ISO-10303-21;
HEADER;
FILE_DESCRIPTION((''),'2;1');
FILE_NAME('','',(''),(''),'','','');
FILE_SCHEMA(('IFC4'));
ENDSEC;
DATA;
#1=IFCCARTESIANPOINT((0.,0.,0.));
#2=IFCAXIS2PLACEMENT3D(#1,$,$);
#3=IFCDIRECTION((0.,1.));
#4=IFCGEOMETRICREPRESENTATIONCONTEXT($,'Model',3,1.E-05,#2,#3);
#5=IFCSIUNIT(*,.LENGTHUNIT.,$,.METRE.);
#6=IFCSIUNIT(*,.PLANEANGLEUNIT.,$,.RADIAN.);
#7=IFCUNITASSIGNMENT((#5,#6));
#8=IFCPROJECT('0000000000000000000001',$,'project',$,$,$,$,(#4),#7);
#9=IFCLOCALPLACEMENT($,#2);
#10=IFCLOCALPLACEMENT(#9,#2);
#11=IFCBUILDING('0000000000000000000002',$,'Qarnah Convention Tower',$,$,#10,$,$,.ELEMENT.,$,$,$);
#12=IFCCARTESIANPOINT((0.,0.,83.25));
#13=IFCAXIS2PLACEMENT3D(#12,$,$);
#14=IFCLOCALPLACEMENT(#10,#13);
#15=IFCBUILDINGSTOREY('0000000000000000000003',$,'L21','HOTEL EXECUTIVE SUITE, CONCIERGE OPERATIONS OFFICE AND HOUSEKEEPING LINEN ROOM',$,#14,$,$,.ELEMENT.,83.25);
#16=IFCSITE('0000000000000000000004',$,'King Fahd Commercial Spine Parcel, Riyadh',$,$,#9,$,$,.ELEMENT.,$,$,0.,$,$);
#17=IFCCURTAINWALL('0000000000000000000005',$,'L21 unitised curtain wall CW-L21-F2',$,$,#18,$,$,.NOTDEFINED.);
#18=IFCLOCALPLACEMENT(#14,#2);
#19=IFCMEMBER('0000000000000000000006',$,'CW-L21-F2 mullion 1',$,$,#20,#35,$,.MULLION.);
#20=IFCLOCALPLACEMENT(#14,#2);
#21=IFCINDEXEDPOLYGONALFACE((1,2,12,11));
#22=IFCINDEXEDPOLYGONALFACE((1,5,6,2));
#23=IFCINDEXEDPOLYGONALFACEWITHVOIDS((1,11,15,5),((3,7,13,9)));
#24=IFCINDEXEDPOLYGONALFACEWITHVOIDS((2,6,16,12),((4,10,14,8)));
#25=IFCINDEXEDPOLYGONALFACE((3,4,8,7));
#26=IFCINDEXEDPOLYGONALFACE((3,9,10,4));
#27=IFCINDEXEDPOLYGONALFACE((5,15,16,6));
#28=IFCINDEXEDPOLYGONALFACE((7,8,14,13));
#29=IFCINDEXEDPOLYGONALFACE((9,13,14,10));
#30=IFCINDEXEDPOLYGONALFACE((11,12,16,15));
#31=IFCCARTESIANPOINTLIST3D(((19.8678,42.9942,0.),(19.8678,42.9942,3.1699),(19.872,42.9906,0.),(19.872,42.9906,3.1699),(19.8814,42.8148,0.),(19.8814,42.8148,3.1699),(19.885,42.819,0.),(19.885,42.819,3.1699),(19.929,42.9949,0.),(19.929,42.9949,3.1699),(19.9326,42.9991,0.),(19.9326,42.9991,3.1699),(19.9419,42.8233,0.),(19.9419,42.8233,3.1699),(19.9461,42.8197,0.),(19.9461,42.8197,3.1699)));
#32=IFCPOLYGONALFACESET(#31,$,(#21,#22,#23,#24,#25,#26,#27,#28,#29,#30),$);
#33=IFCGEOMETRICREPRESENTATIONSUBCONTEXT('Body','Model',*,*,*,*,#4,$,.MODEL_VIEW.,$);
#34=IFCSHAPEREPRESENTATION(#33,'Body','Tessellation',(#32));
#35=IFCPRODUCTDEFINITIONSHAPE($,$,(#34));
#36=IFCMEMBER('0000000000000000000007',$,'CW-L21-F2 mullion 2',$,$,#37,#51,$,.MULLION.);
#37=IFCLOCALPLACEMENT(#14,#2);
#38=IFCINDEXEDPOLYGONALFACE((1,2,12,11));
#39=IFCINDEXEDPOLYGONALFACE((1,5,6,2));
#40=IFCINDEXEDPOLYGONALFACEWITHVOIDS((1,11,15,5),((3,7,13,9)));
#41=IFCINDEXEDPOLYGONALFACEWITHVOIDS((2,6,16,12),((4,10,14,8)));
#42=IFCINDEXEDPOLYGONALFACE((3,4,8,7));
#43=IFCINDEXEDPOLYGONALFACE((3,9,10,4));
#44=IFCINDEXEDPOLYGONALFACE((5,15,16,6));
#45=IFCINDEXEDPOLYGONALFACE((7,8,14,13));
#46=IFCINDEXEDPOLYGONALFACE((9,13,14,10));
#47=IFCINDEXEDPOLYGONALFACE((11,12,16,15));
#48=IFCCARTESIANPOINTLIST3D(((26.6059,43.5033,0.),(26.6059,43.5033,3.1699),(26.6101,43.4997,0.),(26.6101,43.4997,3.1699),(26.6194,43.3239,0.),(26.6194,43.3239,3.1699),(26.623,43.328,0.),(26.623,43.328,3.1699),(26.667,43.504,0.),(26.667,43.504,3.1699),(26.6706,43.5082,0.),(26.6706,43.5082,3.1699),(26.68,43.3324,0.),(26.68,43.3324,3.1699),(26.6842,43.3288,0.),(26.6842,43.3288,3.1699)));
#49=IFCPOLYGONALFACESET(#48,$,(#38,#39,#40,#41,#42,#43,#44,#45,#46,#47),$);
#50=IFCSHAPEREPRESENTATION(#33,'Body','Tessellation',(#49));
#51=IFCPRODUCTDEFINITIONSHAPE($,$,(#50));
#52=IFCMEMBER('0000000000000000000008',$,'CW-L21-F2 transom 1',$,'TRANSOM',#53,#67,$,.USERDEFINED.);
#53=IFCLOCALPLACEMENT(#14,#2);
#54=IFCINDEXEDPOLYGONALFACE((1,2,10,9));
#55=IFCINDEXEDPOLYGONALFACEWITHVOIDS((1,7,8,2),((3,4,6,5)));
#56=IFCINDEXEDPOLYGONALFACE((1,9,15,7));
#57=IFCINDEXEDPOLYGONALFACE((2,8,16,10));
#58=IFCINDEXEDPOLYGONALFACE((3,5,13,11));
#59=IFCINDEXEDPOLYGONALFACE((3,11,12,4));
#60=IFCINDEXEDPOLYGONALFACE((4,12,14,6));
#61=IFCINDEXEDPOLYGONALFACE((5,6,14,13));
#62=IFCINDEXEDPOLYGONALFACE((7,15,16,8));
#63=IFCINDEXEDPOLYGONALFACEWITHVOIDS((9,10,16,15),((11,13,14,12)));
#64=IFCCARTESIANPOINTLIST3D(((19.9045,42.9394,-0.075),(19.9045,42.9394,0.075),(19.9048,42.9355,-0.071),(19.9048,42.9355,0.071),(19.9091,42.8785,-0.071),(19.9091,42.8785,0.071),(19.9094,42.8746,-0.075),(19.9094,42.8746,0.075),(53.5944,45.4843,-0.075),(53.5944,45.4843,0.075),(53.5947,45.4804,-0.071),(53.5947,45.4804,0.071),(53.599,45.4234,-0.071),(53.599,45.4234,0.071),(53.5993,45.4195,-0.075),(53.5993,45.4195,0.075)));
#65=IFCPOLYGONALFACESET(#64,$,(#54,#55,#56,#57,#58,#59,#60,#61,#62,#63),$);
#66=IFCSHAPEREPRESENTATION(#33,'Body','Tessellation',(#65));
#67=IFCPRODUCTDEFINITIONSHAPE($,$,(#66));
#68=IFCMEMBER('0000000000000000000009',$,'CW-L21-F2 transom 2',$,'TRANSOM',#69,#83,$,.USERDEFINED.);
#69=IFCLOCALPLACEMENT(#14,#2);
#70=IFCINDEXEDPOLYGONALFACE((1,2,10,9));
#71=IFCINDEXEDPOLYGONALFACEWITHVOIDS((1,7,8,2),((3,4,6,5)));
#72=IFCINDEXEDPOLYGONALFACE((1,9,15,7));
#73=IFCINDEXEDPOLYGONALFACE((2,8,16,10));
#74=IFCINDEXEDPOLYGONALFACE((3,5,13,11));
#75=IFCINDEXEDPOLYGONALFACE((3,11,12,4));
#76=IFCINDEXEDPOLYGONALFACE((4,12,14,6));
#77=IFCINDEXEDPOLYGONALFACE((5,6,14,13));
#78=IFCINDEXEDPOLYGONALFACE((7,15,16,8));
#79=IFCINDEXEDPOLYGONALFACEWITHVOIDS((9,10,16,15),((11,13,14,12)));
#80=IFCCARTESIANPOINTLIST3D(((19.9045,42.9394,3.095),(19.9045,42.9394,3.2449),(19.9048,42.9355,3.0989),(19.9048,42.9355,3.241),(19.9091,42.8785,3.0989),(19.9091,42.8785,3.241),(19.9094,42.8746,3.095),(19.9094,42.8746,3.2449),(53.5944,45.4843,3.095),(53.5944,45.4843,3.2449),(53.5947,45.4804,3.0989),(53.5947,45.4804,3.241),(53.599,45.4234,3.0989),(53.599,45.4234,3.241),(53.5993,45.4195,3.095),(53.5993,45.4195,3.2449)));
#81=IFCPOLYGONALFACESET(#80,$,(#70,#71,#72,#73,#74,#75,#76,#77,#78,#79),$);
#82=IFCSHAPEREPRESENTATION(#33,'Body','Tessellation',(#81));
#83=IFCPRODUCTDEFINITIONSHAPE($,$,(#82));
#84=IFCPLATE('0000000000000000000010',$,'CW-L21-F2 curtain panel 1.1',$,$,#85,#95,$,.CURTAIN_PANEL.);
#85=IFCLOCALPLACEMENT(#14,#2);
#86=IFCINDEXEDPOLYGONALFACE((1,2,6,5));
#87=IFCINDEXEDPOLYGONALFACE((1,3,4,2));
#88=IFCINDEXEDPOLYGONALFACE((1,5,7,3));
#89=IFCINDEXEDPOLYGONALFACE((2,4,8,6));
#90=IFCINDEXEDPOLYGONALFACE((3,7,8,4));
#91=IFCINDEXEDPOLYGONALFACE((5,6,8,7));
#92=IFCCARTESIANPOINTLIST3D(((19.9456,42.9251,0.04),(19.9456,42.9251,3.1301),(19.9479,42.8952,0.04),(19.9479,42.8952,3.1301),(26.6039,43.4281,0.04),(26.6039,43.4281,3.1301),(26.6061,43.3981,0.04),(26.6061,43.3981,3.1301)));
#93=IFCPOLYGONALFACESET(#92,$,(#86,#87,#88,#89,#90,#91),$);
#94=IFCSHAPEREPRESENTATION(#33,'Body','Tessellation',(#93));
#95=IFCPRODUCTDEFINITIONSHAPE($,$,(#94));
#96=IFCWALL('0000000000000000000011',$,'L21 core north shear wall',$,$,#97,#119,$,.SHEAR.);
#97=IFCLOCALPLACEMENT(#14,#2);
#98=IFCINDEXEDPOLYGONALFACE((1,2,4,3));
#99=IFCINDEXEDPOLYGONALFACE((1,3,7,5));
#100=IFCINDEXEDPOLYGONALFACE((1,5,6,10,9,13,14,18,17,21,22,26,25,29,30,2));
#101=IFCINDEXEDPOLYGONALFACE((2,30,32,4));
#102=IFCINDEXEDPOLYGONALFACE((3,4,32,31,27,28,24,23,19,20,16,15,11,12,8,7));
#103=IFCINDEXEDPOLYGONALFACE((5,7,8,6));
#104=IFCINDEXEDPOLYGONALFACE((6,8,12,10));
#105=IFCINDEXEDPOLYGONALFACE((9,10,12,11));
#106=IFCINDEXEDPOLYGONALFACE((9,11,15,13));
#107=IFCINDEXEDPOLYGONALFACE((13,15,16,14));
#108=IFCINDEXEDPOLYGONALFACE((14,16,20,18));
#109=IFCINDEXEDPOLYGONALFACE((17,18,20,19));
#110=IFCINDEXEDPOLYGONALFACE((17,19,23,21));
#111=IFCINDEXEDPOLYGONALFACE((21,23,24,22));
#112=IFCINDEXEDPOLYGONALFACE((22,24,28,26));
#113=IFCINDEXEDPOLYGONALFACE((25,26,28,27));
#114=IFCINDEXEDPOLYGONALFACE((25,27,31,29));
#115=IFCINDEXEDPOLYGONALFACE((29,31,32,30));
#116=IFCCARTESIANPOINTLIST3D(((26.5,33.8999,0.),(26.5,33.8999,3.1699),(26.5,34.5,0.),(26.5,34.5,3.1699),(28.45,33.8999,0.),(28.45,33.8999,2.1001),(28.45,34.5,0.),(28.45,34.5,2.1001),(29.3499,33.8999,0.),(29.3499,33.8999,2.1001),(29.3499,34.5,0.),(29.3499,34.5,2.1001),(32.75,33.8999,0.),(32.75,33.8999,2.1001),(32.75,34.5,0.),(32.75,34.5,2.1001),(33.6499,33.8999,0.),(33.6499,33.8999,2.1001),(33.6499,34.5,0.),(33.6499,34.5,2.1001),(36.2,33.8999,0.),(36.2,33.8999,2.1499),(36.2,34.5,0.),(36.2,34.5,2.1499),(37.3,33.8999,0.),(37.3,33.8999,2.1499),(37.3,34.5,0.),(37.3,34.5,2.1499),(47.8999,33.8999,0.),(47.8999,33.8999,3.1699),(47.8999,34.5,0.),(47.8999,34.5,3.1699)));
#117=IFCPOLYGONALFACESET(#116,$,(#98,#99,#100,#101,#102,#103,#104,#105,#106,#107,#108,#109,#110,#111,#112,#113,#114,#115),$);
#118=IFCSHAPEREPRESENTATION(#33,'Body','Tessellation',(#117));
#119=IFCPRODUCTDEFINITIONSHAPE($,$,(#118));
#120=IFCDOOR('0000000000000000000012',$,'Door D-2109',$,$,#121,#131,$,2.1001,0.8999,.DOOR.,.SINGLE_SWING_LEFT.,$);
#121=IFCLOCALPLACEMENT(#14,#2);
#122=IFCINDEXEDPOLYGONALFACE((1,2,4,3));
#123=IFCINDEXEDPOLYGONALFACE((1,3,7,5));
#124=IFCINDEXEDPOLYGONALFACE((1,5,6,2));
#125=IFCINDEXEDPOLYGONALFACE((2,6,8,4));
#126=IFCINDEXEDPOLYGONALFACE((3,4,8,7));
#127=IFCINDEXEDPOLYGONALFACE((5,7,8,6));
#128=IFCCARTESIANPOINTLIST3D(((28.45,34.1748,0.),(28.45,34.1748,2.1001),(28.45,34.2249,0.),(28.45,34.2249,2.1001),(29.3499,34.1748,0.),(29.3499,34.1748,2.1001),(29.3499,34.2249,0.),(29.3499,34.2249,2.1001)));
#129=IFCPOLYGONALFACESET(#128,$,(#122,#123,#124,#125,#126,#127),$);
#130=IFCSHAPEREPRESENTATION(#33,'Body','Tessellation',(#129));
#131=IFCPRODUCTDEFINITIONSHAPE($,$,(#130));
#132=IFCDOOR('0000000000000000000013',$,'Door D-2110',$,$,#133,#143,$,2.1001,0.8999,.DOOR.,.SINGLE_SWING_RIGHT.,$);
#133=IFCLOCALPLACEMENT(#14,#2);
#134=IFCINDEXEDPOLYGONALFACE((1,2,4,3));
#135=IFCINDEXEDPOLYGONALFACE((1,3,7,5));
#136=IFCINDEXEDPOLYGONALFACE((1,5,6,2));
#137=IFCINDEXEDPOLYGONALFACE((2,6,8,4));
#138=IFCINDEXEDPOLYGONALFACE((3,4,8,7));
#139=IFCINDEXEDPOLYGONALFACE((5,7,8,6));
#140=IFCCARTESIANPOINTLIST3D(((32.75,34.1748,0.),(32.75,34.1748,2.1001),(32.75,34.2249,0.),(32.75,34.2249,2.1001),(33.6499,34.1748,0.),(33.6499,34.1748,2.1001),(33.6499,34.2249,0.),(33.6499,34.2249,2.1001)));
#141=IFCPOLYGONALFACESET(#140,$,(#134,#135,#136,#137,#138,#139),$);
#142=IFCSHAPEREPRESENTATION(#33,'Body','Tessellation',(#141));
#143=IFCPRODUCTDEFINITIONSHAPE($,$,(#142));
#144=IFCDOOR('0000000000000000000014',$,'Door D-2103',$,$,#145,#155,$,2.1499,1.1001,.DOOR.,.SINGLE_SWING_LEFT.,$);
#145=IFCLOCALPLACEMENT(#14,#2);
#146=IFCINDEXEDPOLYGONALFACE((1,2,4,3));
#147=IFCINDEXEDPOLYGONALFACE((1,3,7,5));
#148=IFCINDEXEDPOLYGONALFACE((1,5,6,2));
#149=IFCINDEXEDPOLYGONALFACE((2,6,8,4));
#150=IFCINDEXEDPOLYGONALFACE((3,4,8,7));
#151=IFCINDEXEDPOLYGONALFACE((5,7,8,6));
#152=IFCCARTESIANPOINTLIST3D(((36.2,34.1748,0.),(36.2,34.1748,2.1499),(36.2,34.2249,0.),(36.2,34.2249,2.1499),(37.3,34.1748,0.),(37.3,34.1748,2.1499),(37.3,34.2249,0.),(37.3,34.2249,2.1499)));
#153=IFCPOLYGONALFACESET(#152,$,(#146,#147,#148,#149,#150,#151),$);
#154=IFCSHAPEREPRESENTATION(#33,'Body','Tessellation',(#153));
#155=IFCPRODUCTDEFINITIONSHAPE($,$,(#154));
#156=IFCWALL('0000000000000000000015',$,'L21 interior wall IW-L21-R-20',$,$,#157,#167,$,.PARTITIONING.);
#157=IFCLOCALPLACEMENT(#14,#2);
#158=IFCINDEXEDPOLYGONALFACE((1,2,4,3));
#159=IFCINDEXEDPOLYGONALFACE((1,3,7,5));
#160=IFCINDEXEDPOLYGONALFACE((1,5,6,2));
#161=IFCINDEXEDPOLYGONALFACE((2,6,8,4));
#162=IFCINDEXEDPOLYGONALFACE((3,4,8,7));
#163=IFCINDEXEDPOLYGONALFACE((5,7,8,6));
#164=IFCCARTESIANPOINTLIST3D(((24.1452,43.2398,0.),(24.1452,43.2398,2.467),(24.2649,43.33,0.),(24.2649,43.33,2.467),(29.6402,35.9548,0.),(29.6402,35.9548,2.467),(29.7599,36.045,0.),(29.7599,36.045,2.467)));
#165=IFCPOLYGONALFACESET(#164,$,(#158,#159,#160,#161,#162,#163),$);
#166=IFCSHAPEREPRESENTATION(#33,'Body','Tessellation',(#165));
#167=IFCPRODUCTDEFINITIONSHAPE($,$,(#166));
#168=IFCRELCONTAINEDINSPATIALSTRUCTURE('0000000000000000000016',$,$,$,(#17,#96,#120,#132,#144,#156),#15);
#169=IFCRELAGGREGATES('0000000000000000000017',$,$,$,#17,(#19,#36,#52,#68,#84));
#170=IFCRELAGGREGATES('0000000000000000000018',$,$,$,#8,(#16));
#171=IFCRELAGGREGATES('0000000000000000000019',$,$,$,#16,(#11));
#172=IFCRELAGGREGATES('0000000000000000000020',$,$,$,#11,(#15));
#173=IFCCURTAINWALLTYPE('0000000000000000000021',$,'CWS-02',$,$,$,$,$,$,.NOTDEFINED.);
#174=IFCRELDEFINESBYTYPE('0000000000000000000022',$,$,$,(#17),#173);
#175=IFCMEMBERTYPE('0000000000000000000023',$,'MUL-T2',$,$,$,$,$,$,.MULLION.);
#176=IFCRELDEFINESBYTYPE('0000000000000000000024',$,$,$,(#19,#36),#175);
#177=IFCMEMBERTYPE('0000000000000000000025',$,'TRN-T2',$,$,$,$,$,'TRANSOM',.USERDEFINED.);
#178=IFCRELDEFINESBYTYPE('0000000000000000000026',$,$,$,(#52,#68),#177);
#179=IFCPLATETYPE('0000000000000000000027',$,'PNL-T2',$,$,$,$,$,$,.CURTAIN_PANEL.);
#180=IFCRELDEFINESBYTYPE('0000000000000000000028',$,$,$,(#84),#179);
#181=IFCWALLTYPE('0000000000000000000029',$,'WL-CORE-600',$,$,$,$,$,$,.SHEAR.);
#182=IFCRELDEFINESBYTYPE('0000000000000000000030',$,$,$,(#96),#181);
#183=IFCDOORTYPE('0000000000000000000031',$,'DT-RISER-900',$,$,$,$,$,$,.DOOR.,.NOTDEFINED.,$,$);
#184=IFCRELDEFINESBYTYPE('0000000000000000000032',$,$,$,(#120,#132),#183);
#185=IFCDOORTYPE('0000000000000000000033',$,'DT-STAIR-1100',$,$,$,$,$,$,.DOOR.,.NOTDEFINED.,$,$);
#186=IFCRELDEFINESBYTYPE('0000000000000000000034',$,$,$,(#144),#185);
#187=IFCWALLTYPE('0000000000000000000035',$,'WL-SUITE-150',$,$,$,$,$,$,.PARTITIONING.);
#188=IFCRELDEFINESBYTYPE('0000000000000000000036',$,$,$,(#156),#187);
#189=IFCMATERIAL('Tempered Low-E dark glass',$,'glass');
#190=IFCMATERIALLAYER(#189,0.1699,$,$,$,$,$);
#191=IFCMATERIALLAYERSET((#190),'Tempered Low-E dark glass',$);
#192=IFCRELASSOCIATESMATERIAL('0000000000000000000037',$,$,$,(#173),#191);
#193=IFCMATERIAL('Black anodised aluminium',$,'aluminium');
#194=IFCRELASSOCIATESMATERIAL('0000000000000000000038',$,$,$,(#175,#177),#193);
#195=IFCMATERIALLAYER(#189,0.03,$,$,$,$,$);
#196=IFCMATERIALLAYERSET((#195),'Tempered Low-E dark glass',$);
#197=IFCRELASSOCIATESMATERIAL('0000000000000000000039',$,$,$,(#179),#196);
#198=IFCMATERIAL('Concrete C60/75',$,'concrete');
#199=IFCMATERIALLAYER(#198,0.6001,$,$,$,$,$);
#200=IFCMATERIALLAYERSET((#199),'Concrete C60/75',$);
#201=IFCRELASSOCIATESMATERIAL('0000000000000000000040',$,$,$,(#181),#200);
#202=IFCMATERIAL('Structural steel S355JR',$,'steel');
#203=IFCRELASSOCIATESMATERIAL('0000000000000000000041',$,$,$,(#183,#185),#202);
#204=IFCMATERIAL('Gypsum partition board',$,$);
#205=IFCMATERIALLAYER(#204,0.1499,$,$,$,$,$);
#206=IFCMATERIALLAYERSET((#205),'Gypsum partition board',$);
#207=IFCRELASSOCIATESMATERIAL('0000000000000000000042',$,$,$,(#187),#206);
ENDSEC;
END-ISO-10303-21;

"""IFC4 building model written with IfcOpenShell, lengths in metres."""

from ifc_helpers import new_model, si_unit, direction, frame, frame_2d, origin, origin_2d, place, context, subcontext, project, spatial, rectangle, hollow_rectangle, extrude, material, layer, layer_set, material_profile, profile_set, type_object, element, fill, aggregate, save


model = new_model("IFC4")

# Units and contexts
model_context = context("Model", 3, precision=1e-05, world=origin(), true_north=direction((0.0, 1.0)))
body_context = subcontext(model_context, "Body", "Model", "MODEL_VIEW")
ifc_project = project(units=[si_unit("LENGTHUNIT", "METRE"), si_unit("PLANEANGLEUNIT", "RADIAN")], contexts=[model_context])

# Site, building, storey
site_placement = place(None, origin())
site = spatial("IfcSite", under=ifc_project, at=site_placement, Name="King Fahd Commercial Spine Parcel, Riyadh", CompositionType="ELEMENT", RefElevation=0.0)
building_placement = place(site_placement, origin())
building = spatial("IfcBuilding", under=site, at=building_placement, Name="Qarnah Convention Tower", CompositionType="ELEMENT")
storey_placement = place(building_placement, frame((0.0, 0.0, 83.25)))
storey = spatial("IfcBuildingStorey", under=building, at=storey_placement, Name="L21", Description="HOTEL EXECUTIVE SUITE, CONCIERGE OPERATIONS OFFICE AND HOUSEKEEPING LINEN ROOM", CompositionType="ELEMENT", Elevation=83.25)

# Curtain wall, members, plate
ifc_material_1 = material(Name="Tempered Low-E dark glass", Category="glass")
ifc_layer_1 = layer(ifc_material_1, 0.1699)
ifc_layer_set_1 = layer_set([ifc_layer_1], Name="Tempered Low-E dark glass")
curtain_wall_type = type_object("IfcCurtainWallType", Name="CWS-02", PredefinedType="NOTDEFINED", material=ifc_layer_set_1)
curtain_wall_placement = place(storey_placement, origin())
curtain_wall = element("IfcCurtainWall", 1, at=curtain_wall_placement, inside=storey, type_object=curtain_wall_type, Name="L21 unitised curtain wall CW-L21-F2", PredefinedType="NOTDEFINED")
ifc_material_2 = material(Name="Black anodised aluminium", Category="aluminium")
ifc_material_profile_1 = material_profile(ifc_material_2, hollow_rectangle(XDim=0.0649, YDim=0.1799, WallThickness=0.0039, at=origin_2d()), Name="MUL-65X180")
ifc_profile_set_1 = profile_set([ifc_material_profile_1], Name="Black anodised aluminium")
member_type_1 = type_object("IfcMemberType", Name="MUL-T2", PredefinedType="MULLION", material=ifc_profile_set_1)
member_1_placement = place(storey_placement, frame((19.907, 42.907, 0.0), z_axis=(0.0, 0.0, 1.0), x_axis=(0.997159, 0.075327, 0.0)))
member_1 = element("IfcMember", 2, at=member_1_placement, type_object=member_type_1, Name="CW-L21-F2 mullion 1", PredefinedType="MULLION", context=body_context, shape_type="SweptSolid", body=[
    extrude(hollow_rectangle(XDim=0.0649, YDim=0.1799, WallThickness=0.0039, at=origin_2d()), origin(), (0.0, 0.0, 1.0), 3.1699),
])
member_2_placement = place(storey_placement, frame((26.645, 43.416, 0.0), z_axis=(0.0, 0.0, 1.0), x_axis=(0.997159, 0.075327, 0.0)))
member_2 = element("IfcMember", 3, at=member_2_placement, type_object=member_type_1, Name="CW-L21-F2 mullion 2", PredefinedType="MULLION", context=body_context, shape_type="SweptSolid", body=[
    extrude(hollow_rectangle(XDim=0.0649, YDim=0.1799, WallThickness=0.0039, at=origin_2d()), origin(), (0.0, 0.0, 1.0), 3.1699),
])
ifc_material_profile_2 = material_profile(ifc_material_2, hollow_rectangle(XDim=0.0649, YDim=0.1499, WallThickness=0.0039, at=origin_2d()), Name="TRN-65X150")
ifc_profile_set_2 = profile_set([ifc_material_profile_2], Name="Black anodised aluminium")
member_type_2 = type_object("IfcMemberType", Name="TRN-T2", ElementType="TRANSOM", PredefinedType="USERDEFINED", material=ifc_profile_set_2)
member_3_placement = place(storey_placement, frame((19.907, 42.907, 0.0), z_axis=(0.997159, 0.075325, 0.0), x_axis=(-0.075325, 0.997159, 0.0)))
member_3 = element("IfcMember", 4, at=member_3_placement, type_object=member_type_2, Name="CW-L21-F2 transom 1", ObjectType="TRANSOM", PredefinedType="USERDEFINED", context=body_context, shape_type="SweptSolid", body=[
    extrude(hollow_rectangle(XDim=0.0649, YDim=0.1499, WallThickness=0.0039, at=origin_2d()), origin(), (0.0, 0.0, 1.0), 33.7859),
])
member_4_placement = place(storey_placement, frame((19.907, 42.907, 3.1699), z_axis=(0.997159, 0.075325, 0.0), x_axis=(-0.075325, 0.997159, 0.0)))
member_4 = element("IfcMember", 5, at=member_4_placement, type_object=member_type_2, Name="CW-L21-F2 transom 2", ObjectType="TRANSOM", PredefinedType="USERDEFINED", context=body_context, shape_type="SweptSolid", body=[
    extrude(hollow_rectangle(XDim=0.0649, YDim=0.1499, WallThickness=0.0039, at=origin_2d()), origin(), (0.0, 0.0, 1.0), 33.7859),
])
ifc_layer_2 = layer(ifc_material_1, 0.03)
ifc_layer_set_2 = layer_set([ifc_layer_2], Name="Tempered Low-E dark glass")
plate_type = type_object("IfcPlateType", Name="PNL-T2", PredefinedType="CURTAIN_PANEL", material=ifc_layer_set_2)
plate_placement = place(storey_placement, frame((23.2759, 43.1616, 0.04), z_axis=(0.0, 0.0, 1.0), x_axis=(0.997159, 0.075327, 0.0)))
plate = element("IfcPlate", 6, at=plate_placement, type_object=plate_type, Name="CW-L21-F2 curtain panel 1.1", PredefinedType="CURTAIN_PANEL", context=body_context, shape_type="SweptSolid", body=[
    extrude(rectangle(XDim=6.6772, YDim=0.03, at=origin_2d()), origin(), (0.0, 0.0, 1.0), 3.0901),
])
aggregate(curtain_wall, [member_1, member_2, member_3, member_4, plate])

# Wall, openings, doors
ifc_material_3 = material(Name="Concrete C60/75", Category="concrete")
ifc_layer_3 = layer(ifc_material_3, 0.6001)
ifc_layer_set_3 = layer_set([ifc_layer_3], Name="Concrete C60/75")
wall_type_1 = type_object("IfcWallType", Name="WL-CORE-600", PredefinedType="SHEAR", material=ifc_layer_set_3)
wall_1_placement = place(storey_placement, frame((26.5, 34.2, 0.0), z_axis=(0.0, 0.0, 1.0), x_axis=(1.0, 0.0, 0.0)))
wall_1 = element("IfcWall", 7, at=wall_1_placement, inside=storey, type_object=wall_type_1, Name="L21 core north shear wall", PredefinedType="SHEAR", context=body_context, shape_type="SweptSolid", body=[
    extrude(rectangle(XDim=21.3999, YDim=0.6001, at=frame_2d((10.7, 0.0))), origin(), (0.0, 0.0, 1.0), 3.1699),
])
opening_1_placement = place(wall_1_placement, frame((9.7, 0.0, 0.0)))
opening_1 = element("IfcOpeningElement", 8, at=opening_1_placement, cuts=wall_1, PredefinedType="OPENING", context=body_context, shape_type="SweptSolid", body=[
    extrude(rectangle(XDim=1.1001, YDim=2.1499, at=frame_2d((0.55, 1.075))), frame((0.0, 0.3101, 0.0), z_axis=(0.0, -1.0, 0.0), x_axis=(1.0, 0.0, 0.0)), (0.0, 0.0, 1.0), 0.6201),
])
opening_2_placement = place(wall_1_placement, frame((1.95, 0.0, 0.0)))
opening_2 = element("IfcOpeningElement", 9, at=opening_2_placement, cuts=wall_1, PredefinedType="OPENING", context=body_context, shape_type="SweptSolid", body=[
    extrude(rectangle(XDim=0.8999, YDim=2.1001, at=frame_2d((0.45, 1.05))), frame((0.0, 0.3101, 0.0), z_axis=(0.0, -1.0, 0.0), x_axis=(1.0, 0.0, 0.0)), (0.0, 0.0, 1.0), 0.6201),
])
opening_3_placement = place(wall_1_placement, frame((6.25, 0.0, 0.0)))
opening_3 = element("IfcOpeningElement", 10, at=opening_3_placement, cuts=wall_1, PredefinedType="OPENING", context=body_context, shape_type="SweptSolid", body=[
    extrude(rectangle(XDim=0.8999, YDim=2.1001, at=frame_2d((0.45, 1.05))), frame((0.0, 0.3101, 0.0), z_axis=(0.0, -1.0, 0.0), x_axis=(1.0, 0.0, 0.0)), (0.0, 0.0, 1.0), 0.6201),
])
ifc_material_4 = material(Name="Structural steel S355JR", Category="steel")
door_type_1 = type_object("IfcDoorType", Name="DT-RISER-900", OperationType="NOTDEFINED", PredefinedType="DOOR", material=ifc_material_4)
door_1_placement = place(opening_2_placement, origin())
door_1 = element("IfcDoor", 11, at=door_1_placement, inside=storey, type_object=door_type_1, Name="Door D-2109", OperationType="SINGLE_SWING_LEFT", OverallHeight=2.1001, OverallWidth=0.8999, PredefinedType="DOOR", context=body_context, shape_type="SweptSolid", body=[
    extrude(rectangle(XDim=0.8999, YDim=2.1001, at=frame_2d((0.45, 1.05))), frame((0.0, 0.0249, 0.0), z_axis=(0.0, -1.0, 0.0), x_axis=(1.0, 0.0, 0.0)), (0.0, 0.0, 1.0), 0.05),
])
fill(opening_2, door_1)
door_2_placement = place(opening_3_placement, origin())
door_2 = element("IfcDoor", 12, at=door_2_placement, inside=storey, type_object=door_type_1, Name="Door D-2110", OperationType="SINGLE_SWING_RIGHT", OverallHeight=2.1001, OverallWidth=0.8999, PredefinedType="DOOR", context=body_context, shape_type="SweptSolid", body=[
    extrude(rectangle(XDim=0.8999, YDim=2.1001, at=frame_2d((0.45, 1.05))), frame((0.0, 0.0249, 0.0), z_axis=(0.0, -1.0, 0.0), x_axis=(1.0, 0.0, 0.0)), (0.0, 0.0, 1.0), 0.05),
])
fill(opening_3, door_2)
door_type_2 = type_object("IfcDoorType", Name="DT-STAIR-1100", OperationType="NOTDEFINED", PredefinedType="DOOR", material=ifc_material_4)
door_3_placement = place(opening_1_placement, origin())
door_3 = element("IfcDoor", 13, at=door_3_placement, inside=storey, type_object=door_type_2, Name="Door D-2103", OperationType="SINGLE_SWING_LEFT", OverallHeight=2.1499, OverallWidth=1.1001, PredefinedType="DOOR", context=body_context, shape_type="SweptSolid", body=[
    extrude(rectangle(XDim=1.1001, YDim=2.1499, at=frame_2d((0.55, 1.075))), frame((0.0, 0.0249, 0.0), z_axis=(0.0, -1.0, 0.0), x_axis=(1.0, 0.0, 0.0)), (0.0, 0.0, 1.0), 0.05),
])
fill(opening_1, door_3)

# Wall
ifc_material_5 = material(Name="Gypsum partition board")
ifc_layer_4 = layer(ifc_material_5, 0.1499)
ifc_layer_set_4 = layer_set([ifc_layer_4], Name="Gypsum partition board")
wall_type_2 = type_object("IfcWallType", Name="WL-SUITE-150", PredefinedType="PARTITIONING", material=ifc_layer_set_4)
wall_2_placement = place(storey_placement, frame((24.2051, 43.2849, 0.0), z_axis=(0.0, 0.0, 1.0), x_axis=(0.602185, -0.798356, 0.0)))
element("IfcWall", 14, at=wall_2_placement, inside=storey, type_object=wall_type_2, Name="L21 interior wall IW-L21-R-20", PredefinedType="PARTITIONING", context=body_context, shape_type="SweptSolid", body=[
    extrude(rectangle(XDim=9.125, YDim=0.1499, at=frame_2d((4.5625, 0.0))), origin(), (0.0, 0.0, 1.0), 2.467),
])

save(model, "model.ifc")
